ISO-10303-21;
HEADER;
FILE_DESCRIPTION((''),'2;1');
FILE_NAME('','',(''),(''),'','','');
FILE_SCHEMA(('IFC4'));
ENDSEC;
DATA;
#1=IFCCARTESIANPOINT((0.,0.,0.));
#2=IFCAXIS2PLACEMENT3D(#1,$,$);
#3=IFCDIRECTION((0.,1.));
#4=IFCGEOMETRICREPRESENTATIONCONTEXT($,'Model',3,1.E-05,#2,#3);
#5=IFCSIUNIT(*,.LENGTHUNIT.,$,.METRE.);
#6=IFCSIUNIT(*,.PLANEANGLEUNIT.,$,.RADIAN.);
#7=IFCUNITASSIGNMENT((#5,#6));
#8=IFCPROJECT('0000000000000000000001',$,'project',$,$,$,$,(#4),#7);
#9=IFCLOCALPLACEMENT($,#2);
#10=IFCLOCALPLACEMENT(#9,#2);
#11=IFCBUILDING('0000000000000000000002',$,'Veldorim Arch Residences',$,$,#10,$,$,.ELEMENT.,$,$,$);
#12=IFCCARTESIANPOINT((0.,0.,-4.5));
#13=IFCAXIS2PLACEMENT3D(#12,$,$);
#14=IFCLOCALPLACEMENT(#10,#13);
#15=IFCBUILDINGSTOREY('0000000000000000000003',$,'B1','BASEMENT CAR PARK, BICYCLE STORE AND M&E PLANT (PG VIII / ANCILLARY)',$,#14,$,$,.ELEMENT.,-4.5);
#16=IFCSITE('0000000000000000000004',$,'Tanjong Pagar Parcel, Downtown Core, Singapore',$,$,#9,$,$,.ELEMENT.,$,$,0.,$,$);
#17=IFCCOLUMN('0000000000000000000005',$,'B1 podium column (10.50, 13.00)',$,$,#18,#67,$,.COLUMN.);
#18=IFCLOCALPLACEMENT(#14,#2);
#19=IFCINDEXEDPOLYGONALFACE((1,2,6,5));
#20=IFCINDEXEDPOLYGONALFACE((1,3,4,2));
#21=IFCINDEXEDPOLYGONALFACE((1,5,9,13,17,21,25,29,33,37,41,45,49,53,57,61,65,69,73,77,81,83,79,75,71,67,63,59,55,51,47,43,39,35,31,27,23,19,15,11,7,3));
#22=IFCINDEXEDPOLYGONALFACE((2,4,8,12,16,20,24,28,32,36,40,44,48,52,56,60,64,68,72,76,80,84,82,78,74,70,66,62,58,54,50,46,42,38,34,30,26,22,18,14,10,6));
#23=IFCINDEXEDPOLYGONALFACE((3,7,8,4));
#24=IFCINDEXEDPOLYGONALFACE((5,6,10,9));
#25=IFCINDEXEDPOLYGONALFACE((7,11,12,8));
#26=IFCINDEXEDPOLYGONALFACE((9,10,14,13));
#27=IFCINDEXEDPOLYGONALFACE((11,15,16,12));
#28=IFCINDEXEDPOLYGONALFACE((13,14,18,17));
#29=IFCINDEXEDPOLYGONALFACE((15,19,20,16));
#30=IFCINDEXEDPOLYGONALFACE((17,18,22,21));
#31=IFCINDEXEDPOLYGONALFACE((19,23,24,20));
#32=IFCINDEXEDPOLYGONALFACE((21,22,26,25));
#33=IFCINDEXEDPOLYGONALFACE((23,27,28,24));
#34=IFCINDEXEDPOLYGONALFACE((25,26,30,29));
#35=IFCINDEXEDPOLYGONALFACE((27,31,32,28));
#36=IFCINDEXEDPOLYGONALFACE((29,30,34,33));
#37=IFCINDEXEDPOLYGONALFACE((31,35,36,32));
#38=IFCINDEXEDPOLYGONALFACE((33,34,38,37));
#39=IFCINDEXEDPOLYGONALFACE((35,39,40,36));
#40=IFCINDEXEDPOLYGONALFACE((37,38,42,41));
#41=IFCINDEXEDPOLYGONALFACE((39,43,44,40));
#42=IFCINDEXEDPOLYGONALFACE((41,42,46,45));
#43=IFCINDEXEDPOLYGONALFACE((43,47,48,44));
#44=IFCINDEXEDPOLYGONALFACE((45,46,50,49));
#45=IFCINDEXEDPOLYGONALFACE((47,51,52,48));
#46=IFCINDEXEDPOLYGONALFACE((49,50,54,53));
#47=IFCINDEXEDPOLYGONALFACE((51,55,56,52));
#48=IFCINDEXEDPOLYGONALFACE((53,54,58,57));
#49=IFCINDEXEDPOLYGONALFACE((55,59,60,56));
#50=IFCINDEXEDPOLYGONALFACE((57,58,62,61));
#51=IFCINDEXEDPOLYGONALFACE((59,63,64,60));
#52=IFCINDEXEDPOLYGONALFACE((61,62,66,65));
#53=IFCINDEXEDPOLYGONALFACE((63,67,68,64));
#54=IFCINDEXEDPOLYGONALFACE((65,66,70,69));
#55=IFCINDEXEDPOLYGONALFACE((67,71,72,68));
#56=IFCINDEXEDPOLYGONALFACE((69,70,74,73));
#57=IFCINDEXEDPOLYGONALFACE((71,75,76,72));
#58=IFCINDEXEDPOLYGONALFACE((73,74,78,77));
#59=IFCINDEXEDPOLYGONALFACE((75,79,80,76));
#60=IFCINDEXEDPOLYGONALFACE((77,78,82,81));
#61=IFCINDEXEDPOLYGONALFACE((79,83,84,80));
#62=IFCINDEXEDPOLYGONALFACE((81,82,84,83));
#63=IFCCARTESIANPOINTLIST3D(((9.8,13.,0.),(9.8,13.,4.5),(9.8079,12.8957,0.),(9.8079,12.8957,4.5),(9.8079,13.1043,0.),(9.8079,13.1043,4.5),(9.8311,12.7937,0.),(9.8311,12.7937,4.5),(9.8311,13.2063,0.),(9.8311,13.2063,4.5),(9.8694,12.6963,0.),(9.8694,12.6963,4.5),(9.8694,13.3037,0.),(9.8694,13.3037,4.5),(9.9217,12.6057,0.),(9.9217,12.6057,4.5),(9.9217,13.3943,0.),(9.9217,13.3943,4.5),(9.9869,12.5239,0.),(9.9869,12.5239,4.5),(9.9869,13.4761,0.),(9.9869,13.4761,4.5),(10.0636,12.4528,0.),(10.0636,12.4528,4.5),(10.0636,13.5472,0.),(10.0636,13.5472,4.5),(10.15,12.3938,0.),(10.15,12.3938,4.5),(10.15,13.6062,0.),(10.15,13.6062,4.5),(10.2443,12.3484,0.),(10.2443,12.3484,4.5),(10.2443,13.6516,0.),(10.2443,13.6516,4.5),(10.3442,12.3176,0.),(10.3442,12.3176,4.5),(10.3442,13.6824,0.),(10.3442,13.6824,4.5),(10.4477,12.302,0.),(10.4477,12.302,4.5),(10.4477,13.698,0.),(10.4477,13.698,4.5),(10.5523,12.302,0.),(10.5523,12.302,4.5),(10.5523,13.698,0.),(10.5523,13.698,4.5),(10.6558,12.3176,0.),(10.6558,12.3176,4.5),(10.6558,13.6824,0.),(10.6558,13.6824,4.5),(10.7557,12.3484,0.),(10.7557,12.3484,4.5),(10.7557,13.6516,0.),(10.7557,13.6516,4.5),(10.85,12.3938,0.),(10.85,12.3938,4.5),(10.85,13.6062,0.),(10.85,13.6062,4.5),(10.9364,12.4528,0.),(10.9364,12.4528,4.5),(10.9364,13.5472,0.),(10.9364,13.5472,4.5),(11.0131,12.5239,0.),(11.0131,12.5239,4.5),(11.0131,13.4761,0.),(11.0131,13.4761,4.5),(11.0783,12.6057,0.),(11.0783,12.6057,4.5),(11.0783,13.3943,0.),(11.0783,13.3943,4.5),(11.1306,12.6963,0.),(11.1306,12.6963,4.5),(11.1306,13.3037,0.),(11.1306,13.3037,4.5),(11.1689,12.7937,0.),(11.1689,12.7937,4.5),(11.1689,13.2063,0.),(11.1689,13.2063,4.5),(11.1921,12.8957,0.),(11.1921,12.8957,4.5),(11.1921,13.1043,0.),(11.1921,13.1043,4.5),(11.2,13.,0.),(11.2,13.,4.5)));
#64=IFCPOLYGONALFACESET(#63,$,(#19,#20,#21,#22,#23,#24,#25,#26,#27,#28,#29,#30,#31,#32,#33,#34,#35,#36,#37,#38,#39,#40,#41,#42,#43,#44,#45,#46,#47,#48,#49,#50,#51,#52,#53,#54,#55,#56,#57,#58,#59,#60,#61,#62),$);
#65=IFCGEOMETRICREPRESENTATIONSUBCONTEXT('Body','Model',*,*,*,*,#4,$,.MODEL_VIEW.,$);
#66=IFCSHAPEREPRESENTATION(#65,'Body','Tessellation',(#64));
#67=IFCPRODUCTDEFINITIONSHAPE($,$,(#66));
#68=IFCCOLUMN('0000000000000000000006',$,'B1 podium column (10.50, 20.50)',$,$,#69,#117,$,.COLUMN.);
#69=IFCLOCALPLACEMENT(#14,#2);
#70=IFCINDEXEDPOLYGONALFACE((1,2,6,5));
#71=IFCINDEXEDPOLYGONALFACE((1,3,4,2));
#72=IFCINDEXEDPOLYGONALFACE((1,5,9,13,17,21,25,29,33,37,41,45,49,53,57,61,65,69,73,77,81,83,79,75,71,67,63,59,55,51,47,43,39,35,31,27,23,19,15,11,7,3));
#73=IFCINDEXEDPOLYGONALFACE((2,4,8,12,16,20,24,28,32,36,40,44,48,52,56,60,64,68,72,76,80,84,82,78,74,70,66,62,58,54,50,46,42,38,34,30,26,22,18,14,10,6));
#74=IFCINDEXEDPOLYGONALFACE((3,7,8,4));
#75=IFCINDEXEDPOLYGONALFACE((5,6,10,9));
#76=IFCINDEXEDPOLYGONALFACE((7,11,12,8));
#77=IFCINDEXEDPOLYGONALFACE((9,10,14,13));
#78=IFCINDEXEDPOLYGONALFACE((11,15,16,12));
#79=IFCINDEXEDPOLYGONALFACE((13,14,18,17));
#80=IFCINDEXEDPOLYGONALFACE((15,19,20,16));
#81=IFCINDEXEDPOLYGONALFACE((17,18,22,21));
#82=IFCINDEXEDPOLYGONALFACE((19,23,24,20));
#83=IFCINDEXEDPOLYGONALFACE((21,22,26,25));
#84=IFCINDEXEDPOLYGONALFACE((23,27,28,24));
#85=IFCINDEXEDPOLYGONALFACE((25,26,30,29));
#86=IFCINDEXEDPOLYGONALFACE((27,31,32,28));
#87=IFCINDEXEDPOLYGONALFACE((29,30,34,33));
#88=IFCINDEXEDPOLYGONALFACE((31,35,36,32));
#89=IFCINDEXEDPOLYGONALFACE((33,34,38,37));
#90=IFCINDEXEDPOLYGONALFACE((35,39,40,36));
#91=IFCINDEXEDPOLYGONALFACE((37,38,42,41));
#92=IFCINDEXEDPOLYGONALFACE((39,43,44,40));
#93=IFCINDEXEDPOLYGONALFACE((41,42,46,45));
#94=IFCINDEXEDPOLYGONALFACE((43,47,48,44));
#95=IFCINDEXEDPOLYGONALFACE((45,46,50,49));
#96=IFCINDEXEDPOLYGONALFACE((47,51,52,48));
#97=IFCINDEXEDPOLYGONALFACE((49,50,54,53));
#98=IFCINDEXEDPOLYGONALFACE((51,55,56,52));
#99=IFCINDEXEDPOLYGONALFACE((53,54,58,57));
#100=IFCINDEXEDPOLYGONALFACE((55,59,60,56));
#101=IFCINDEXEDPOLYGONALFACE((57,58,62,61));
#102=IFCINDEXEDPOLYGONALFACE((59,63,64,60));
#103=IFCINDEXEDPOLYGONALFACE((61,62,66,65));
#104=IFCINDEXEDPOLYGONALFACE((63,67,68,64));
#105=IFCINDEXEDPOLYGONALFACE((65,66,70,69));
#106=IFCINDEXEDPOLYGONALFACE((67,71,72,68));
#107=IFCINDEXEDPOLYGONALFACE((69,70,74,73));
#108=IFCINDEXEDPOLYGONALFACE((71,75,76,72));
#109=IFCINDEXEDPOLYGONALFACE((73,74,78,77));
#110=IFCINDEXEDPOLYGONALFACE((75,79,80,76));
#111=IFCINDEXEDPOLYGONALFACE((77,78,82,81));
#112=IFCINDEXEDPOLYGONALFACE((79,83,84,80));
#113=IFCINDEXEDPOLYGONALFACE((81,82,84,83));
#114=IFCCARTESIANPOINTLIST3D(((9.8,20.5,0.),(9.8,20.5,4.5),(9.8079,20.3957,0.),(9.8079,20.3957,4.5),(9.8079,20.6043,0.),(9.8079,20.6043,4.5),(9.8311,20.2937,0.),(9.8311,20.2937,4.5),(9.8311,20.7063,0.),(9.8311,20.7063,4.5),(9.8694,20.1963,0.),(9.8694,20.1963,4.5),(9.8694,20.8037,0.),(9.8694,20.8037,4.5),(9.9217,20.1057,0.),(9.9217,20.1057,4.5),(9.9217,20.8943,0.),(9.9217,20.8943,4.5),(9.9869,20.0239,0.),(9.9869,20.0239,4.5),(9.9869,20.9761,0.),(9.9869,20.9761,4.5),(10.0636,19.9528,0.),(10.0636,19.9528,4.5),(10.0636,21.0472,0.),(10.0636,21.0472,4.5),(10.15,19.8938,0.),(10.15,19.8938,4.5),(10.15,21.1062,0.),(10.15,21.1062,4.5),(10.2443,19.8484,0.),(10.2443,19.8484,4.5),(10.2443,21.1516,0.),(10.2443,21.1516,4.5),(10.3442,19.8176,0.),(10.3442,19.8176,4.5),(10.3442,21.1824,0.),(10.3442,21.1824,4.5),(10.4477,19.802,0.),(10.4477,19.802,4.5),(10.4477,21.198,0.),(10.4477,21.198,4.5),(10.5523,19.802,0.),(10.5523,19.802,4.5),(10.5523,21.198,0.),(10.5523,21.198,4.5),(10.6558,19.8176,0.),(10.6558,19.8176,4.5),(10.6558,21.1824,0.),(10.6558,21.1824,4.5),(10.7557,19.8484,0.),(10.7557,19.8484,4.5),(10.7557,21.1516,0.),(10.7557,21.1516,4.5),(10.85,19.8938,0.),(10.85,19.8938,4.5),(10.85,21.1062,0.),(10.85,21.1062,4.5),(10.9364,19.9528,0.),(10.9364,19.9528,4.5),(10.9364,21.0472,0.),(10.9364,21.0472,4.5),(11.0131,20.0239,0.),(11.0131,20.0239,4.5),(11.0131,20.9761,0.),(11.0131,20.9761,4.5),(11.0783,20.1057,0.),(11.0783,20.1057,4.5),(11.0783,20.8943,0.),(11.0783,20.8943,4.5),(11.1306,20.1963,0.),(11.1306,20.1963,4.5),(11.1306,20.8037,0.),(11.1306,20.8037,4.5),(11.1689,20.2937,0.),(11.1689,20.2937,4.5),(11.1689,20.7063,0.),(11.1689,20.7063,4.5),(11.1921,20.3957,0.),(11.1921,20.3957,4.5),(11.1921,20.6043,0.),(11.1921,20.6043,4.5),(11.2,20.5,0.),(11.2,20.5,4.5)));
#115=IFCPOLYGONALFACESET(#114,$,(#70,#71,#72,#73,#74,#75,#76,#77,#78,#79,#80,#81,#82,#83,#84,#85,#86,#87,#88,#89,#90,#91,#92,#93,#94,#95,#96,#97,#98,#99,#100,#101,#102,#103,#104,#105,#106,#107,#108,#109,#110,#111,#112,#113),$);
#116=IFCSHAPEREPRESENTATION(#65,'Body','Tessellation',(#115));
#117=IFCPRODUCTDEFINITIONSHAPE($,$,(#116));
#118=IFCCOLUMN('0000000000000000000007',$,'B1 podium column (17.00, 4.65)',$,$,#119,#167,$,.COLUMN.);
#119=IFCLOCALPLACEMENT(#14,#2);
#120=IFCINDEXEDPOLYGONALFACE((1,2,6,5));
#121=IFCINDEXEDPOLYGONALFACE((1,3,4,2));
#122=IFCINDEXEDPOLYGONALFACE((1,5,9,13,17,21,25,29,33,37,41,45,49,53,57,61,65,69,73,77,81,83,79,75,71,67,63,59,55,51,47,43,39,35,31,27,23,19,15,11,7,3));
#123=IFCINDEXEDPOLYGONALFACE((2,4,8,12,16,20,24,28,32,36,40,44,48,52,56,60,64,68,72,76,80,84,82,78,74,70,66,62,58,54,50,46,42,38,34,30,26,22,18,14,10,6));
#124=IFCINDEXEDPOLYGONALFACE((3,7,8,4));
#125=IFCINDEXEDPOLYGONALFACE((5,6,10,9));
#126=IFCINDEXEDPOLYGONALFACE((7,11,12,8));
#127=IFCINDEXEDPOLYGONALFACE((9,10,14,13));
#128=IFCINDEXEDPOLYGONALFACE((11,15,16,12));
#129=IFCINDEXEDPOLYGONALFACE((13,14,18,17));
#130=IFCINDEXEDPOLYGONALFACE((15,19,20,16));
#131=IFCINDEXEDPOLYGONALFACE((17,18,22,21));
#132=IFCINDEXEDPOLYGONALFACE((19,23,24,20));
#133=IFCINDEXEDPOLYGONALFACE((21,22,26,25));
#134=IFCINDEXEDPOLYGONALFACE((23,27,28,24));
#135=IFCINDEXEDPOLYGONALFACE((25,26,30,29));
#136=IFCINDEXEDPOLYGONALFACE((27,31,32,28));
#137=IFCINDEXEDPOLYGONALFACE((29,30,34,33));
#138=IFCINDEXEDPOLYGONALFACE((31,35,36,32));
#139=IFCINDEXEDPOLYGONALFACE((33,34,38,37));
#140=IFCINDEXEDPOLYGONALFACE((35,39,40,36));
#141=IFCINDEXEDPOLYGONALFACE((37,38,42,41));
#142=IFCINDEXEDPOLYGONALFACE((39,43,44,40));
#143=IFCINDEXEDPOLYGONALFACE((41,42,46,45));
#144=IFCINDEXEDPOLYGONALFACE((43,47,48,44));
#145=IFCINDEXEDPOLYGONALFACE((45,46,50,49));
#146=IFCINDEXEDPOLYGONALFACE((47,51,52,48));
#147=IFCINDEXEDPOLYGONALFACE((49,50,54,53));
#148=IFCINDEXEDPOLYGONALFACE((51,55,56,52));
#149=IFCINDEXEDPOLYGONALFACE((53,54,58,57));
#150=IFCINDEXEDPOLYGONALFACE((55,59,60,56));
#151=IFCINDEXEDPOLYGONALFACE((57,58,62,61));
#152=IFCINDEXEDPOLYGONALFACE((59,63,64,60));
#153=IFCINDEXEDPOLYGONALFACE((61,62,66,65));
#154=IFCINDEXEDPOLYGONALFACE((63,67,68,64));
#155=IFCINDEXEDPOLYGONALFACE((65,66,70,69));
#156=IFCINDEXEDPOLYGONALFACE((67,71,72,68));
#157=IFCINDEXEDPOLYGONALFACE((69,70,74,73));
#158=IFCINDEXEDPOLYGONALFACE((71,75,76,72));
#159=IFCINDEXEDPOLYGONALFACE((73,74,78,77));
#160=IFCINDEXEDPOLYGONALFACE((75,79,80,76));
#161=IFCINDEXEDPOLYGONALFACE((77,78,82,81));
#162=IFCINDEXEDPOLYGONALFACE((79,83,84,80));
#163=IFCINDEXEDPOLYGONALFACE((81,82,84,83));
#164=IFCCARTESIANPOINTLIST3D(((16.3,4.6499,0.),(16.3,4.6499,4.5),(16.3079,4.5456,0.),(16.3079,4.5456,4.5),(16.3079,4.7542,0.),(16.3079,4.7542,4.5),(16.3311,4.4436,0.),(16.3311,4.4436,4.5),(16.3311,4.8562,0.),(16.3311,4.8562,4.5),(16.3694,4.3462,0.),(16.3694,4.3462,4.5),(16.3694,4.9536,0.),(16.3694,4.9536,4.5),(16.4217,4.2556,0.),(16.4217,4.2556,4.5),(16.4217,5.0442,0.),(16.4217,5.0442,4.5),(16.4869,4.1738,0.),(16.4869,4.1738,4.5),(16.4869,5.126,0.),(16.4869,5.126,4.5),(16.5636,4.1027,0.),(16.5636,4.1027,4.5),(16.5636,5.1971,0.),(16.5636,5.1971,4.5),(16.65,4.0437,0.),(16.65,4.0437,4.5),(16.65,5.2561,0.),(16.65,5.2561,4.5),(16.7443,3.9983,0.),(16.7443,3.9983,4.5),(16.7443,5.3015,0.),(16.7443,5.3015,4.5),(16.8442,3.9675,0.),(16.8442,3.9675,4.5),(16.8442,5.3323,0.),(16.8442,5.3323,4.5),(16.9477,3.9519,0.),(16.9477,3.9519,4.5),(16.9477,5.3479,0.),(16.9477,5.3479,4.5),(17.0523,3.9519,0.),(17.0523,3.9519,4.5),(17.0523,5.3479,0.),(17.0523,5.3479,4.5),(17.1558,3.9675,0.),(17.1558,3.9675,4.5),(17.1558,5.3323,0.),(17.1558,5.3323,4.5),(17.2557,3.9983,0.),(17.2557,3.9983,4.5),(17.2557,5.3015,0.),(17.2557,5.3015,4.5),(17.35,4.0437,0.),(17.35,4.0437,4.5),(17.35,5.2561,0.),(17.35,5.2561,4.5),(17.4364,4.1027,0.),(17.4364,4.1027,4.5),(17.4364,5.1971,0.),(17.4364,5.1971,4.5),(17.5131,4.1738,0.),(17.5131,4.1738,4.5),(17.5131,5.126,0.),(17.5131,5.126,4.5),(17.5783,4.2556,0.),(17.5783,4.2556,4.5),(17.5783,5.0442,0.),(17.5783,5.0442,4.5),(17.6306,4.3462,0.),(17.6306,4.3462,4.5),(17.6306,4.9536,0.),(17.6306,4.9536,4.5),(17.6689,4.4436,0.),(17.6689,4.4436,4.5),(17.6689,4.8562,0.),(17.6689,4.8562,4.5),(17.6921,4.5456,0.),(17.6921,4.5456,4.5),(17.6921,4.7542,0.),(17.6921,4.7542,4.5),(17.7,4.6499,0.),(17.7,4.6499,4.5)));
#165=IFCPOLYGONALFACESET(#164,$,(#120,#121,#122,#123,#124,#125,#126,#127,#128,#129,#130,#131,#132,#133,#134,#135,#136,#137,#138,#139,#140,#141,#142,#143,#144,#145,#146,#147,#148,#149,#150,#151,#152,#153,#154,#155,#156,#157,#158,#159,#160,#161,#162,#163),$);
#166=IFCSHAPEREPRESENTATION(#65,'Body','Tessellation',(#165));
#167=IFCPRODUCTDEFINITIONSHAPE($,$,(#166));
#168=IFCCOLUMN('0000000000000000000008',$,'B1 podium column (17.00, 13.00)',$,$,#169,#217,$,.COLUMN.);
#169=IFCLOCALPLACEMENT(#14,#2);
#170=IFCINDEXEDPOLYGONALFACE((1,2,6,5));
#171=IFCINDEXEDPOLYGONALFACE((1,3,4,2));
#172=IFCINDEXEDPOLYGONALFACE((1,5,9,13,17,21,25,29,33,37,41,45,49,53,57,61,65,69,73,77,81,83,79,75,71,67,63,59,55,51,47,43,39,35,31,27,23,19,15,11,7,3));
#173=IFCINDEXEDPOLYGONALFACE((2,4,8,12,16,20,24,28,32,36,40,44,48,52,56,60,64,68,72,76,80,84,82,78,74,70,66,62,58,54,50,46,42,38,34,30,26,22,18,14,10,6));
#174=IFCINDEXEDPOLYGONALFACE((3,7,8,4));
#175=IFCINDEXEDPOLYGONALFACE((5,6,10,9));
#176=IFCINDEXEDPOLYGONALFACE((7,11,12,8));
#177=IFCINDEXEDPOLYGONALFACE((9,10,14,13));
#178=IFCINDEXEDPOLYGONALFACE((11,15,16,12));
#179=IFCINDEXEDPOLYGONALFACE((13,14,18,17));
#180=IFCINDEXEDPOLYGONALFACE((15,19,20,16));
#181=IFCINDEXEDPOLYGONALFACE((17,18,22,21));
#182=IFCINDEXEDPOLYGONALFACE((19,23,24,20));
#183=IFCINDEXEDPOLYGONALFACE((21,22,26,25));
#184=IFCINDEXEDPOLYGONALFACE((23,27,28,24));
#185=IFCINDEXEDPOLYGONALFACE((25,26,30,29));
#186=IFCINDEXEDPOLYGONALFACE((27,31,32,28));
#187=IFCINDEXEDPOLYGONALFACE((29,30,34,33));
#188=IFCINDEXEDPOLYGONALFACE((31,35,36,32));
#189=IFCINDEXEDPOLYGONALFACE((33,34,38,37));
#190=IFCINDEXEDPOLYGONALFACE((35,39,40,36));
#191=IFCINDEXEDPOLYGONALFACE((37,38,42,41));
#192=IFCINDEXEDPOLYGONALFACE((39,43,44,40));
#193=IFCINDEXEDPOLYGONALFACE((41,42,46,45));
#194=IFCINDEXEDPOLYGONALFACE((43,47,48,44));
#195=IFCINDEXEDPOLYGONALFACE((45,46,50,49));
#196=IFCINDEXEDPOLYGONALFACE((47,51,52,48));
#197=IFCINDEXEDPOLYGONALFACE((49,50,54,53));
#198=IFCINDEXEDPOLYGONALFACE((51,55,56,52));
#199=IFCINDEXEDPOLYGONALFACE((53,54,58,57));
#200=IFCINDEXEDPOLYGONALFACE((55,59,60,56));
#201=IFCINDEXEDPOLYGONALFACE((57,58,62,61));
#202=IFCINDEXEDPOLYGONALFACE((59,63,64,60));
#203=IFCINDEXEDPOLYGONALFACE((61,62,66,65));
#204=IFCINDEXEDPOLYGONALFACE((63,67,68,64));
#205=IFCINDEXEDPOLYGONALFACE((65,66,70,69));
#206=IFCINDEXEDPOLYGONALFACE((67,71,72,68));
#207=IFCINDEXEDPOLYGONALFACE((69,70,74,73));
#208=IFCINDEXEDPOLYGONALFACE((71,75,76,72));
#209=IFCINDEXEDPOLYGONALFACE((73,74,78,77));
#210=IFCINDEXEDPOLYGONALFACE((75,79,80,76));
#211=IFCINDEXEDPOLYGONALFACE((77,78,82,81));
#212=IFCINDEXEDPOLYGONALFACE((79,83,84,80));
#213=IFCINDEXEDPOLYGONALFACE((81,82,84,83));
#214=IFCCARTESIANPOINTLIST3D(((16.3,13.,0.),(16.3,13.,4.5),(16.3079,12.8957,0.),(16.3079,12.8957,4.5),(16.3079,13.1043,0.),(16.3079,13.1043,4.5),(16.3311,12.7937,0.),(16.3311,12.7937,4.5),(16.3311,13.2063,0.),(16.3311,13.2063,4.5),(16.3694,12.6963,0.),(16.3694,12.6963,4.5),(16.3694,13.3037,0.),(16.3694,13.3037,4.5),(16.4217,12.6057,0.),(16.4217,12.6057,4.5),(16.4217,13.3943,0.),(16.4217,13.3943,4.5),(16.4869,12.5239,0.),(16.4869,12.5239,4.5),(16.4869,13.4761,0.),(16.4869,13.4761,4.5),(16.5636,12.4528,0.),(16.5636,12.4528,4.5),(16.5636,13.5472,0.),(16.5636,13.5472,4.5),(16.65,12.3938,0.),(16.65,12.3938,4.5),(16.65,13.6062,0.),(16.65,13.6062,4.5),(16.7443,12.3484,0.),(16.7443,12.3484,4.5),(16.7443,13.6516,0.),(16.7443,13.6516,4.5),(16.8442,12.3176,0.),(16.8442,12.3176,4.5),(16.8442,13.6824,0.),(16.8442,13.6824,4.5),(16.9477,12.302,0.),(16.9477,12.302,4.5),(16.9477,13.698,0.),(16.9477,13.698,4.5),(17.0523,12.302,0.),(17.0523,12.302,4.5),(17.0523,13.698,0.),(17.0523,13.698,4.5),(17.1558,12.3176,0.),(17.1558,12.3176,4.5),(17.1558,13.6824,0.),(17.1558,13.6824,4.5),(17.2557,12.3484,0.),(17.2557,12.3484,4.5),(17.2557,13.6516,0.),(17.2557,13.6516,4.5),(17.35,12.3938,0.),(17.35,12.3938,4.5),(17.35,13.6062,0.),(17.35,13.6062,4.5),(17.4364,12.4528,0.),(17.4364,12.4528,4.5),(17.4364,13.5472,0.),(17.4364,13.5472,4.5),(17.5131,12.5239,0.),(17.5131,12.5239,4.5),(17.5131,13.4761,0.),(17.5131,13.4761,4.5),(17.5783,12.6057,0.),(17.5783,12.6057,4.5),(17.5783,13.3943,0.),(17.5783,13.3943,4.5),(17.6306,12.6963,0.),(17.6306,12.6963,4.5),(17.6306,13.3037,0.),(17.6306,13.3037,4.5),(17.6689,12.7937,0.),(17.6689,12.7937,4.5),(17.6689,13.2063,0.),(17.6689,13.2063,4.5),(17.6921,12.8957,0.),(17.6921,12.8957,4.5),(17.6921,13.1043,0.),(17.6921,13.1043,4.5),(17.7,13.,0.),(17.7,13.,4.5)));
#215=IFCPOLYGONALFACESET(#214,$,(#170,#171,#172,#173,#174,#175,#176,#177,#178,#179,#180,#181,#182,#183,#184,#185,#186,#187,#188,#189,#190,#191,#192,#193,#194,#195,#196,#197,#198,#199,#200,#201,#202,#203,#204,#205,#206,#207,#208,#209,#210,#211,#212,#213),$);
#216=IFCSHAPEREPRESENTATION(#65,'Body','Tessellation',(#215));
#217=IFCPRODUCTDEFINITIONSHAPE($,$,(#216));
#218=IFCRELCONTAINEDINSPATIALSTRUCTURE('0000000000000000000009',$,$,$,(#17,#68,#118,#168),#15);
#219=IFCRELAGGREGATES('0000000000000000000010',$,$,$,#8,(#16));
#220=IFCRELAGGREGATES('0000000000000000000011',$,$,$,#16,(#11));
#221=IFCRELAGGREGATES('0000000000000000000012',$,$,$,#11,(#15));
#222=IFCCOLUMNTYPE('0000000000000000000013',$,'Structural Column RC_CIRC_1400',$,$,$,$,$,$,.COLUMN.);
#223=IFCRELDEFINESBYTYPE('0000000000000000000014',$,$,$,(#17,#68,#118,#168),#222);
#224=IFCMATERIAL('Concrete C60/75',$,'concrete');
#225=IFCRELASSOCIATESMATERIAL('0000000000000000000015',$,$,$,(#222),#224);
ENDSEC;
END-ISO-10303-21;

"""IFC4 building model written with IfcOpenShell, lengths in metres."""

from ifc_helpers import new_model, si_unit, direction, frame, origin, origin_2d, place, context, subcontext, project, spatial, circle, extrude, material, material_profile, profile_set, type_object, element, save


model = new_model("IFC4")

# Units and contexts
model_context = context("Model", 3, precision=1e-05, world=origin(), true_north=direction((0.0, 1.0)))
body_context = subcontext(model_context, "Body", "Model", "MODEL_VIEW")
ifc_project = project(units=[si_unit("LENGTHUNIT", "METRE"), si_unit("PLANEANGLEUNIT", "RADIAN")], contexts=[model_context])

# Site, building, storey
site_placement = place(None, origin())
site = spatial("IfcSite", under=ifc_project, at=site_placement, Name="Tanjong Pagar Parcel, Downtown Core, Singapore", CompositionType="ELEMENT", RefElevation=0.0)
building_placement = place(site_placement, origin())
building = spatial("IfcBuilding", under=site, at=building_placement, Name="Veldorim Arch Residences", CompositionType="ELEMENT")
storey_placement = place(building_placement, frame((0.0, 0.0, -4.5)))
storey = spatial("IfcBuildingStorey", under=building, at=storey_placement, Name="B1", Description="BASEMENT CAR PARK, BICYCLE STORE AND M&E PLANT (PG VIII / ANCILLARY)", CompositionType="ELEMENT", Elevation=-4.5)

# Columns
ifc_material_1 = material(Name="Concrete C60/75", Category="concrete")
ifc_material_profile_1 = material_profile(ifc_material_1, circle(Radius=0.7, at=origin_2d()), Name="RC_CIRC_1400")
ifc_profile_set_1 = profile_set([ifc_material_profile_1], Name="Concrete C60/75")
column_type_1 = type_object("IfcColumnType", Name="Structural Column RC_CIRC_1400", PredefinedType="COLUMN", material=ifc_profile_set_1)
for number, where, z_axis, x_axis, name in (
    (1, (10.5, 13.0, 0.0), (0.0, 0.0, 1.0), (1.0, 0.0, 0.0), "B1 podium column (10.50, 13.00)"),
    (2, (10.5, 20.5, 0.0), (0.0, 0.0, 1.0), (1.0, 0.0, 0.0), "B1 podium column (10.50, 20.50)"),
    (3, (17.0, 4.6499, 0.0), (0.0, 0.0, 1.0), (1.0, 0.0, 0.0), "B1 podium column (17.00, 4.65)"),
    (4, (17.0, 13.0, 0.0), (0.0, 0.0, 1.0), (1.0, 0.0, 0.0), "B1 podium column (17.00, 13.00)"),
):
    element("IfcColumn", number, at=place(storey_placement, frame(where, z_axis=z_axis, x_axis=x_axis)), inside=storey, type_object=column_type_1, Name=name, PredefinedType="COLUMN", context=body_context, shape_type="SweptSolid", body=[
        extrude(circle(Radius=0.7, at=origin_2d()), origin(), (0.0, 0.0, 1.0), 4.5),
    ])

save(model, "model.ifc")
